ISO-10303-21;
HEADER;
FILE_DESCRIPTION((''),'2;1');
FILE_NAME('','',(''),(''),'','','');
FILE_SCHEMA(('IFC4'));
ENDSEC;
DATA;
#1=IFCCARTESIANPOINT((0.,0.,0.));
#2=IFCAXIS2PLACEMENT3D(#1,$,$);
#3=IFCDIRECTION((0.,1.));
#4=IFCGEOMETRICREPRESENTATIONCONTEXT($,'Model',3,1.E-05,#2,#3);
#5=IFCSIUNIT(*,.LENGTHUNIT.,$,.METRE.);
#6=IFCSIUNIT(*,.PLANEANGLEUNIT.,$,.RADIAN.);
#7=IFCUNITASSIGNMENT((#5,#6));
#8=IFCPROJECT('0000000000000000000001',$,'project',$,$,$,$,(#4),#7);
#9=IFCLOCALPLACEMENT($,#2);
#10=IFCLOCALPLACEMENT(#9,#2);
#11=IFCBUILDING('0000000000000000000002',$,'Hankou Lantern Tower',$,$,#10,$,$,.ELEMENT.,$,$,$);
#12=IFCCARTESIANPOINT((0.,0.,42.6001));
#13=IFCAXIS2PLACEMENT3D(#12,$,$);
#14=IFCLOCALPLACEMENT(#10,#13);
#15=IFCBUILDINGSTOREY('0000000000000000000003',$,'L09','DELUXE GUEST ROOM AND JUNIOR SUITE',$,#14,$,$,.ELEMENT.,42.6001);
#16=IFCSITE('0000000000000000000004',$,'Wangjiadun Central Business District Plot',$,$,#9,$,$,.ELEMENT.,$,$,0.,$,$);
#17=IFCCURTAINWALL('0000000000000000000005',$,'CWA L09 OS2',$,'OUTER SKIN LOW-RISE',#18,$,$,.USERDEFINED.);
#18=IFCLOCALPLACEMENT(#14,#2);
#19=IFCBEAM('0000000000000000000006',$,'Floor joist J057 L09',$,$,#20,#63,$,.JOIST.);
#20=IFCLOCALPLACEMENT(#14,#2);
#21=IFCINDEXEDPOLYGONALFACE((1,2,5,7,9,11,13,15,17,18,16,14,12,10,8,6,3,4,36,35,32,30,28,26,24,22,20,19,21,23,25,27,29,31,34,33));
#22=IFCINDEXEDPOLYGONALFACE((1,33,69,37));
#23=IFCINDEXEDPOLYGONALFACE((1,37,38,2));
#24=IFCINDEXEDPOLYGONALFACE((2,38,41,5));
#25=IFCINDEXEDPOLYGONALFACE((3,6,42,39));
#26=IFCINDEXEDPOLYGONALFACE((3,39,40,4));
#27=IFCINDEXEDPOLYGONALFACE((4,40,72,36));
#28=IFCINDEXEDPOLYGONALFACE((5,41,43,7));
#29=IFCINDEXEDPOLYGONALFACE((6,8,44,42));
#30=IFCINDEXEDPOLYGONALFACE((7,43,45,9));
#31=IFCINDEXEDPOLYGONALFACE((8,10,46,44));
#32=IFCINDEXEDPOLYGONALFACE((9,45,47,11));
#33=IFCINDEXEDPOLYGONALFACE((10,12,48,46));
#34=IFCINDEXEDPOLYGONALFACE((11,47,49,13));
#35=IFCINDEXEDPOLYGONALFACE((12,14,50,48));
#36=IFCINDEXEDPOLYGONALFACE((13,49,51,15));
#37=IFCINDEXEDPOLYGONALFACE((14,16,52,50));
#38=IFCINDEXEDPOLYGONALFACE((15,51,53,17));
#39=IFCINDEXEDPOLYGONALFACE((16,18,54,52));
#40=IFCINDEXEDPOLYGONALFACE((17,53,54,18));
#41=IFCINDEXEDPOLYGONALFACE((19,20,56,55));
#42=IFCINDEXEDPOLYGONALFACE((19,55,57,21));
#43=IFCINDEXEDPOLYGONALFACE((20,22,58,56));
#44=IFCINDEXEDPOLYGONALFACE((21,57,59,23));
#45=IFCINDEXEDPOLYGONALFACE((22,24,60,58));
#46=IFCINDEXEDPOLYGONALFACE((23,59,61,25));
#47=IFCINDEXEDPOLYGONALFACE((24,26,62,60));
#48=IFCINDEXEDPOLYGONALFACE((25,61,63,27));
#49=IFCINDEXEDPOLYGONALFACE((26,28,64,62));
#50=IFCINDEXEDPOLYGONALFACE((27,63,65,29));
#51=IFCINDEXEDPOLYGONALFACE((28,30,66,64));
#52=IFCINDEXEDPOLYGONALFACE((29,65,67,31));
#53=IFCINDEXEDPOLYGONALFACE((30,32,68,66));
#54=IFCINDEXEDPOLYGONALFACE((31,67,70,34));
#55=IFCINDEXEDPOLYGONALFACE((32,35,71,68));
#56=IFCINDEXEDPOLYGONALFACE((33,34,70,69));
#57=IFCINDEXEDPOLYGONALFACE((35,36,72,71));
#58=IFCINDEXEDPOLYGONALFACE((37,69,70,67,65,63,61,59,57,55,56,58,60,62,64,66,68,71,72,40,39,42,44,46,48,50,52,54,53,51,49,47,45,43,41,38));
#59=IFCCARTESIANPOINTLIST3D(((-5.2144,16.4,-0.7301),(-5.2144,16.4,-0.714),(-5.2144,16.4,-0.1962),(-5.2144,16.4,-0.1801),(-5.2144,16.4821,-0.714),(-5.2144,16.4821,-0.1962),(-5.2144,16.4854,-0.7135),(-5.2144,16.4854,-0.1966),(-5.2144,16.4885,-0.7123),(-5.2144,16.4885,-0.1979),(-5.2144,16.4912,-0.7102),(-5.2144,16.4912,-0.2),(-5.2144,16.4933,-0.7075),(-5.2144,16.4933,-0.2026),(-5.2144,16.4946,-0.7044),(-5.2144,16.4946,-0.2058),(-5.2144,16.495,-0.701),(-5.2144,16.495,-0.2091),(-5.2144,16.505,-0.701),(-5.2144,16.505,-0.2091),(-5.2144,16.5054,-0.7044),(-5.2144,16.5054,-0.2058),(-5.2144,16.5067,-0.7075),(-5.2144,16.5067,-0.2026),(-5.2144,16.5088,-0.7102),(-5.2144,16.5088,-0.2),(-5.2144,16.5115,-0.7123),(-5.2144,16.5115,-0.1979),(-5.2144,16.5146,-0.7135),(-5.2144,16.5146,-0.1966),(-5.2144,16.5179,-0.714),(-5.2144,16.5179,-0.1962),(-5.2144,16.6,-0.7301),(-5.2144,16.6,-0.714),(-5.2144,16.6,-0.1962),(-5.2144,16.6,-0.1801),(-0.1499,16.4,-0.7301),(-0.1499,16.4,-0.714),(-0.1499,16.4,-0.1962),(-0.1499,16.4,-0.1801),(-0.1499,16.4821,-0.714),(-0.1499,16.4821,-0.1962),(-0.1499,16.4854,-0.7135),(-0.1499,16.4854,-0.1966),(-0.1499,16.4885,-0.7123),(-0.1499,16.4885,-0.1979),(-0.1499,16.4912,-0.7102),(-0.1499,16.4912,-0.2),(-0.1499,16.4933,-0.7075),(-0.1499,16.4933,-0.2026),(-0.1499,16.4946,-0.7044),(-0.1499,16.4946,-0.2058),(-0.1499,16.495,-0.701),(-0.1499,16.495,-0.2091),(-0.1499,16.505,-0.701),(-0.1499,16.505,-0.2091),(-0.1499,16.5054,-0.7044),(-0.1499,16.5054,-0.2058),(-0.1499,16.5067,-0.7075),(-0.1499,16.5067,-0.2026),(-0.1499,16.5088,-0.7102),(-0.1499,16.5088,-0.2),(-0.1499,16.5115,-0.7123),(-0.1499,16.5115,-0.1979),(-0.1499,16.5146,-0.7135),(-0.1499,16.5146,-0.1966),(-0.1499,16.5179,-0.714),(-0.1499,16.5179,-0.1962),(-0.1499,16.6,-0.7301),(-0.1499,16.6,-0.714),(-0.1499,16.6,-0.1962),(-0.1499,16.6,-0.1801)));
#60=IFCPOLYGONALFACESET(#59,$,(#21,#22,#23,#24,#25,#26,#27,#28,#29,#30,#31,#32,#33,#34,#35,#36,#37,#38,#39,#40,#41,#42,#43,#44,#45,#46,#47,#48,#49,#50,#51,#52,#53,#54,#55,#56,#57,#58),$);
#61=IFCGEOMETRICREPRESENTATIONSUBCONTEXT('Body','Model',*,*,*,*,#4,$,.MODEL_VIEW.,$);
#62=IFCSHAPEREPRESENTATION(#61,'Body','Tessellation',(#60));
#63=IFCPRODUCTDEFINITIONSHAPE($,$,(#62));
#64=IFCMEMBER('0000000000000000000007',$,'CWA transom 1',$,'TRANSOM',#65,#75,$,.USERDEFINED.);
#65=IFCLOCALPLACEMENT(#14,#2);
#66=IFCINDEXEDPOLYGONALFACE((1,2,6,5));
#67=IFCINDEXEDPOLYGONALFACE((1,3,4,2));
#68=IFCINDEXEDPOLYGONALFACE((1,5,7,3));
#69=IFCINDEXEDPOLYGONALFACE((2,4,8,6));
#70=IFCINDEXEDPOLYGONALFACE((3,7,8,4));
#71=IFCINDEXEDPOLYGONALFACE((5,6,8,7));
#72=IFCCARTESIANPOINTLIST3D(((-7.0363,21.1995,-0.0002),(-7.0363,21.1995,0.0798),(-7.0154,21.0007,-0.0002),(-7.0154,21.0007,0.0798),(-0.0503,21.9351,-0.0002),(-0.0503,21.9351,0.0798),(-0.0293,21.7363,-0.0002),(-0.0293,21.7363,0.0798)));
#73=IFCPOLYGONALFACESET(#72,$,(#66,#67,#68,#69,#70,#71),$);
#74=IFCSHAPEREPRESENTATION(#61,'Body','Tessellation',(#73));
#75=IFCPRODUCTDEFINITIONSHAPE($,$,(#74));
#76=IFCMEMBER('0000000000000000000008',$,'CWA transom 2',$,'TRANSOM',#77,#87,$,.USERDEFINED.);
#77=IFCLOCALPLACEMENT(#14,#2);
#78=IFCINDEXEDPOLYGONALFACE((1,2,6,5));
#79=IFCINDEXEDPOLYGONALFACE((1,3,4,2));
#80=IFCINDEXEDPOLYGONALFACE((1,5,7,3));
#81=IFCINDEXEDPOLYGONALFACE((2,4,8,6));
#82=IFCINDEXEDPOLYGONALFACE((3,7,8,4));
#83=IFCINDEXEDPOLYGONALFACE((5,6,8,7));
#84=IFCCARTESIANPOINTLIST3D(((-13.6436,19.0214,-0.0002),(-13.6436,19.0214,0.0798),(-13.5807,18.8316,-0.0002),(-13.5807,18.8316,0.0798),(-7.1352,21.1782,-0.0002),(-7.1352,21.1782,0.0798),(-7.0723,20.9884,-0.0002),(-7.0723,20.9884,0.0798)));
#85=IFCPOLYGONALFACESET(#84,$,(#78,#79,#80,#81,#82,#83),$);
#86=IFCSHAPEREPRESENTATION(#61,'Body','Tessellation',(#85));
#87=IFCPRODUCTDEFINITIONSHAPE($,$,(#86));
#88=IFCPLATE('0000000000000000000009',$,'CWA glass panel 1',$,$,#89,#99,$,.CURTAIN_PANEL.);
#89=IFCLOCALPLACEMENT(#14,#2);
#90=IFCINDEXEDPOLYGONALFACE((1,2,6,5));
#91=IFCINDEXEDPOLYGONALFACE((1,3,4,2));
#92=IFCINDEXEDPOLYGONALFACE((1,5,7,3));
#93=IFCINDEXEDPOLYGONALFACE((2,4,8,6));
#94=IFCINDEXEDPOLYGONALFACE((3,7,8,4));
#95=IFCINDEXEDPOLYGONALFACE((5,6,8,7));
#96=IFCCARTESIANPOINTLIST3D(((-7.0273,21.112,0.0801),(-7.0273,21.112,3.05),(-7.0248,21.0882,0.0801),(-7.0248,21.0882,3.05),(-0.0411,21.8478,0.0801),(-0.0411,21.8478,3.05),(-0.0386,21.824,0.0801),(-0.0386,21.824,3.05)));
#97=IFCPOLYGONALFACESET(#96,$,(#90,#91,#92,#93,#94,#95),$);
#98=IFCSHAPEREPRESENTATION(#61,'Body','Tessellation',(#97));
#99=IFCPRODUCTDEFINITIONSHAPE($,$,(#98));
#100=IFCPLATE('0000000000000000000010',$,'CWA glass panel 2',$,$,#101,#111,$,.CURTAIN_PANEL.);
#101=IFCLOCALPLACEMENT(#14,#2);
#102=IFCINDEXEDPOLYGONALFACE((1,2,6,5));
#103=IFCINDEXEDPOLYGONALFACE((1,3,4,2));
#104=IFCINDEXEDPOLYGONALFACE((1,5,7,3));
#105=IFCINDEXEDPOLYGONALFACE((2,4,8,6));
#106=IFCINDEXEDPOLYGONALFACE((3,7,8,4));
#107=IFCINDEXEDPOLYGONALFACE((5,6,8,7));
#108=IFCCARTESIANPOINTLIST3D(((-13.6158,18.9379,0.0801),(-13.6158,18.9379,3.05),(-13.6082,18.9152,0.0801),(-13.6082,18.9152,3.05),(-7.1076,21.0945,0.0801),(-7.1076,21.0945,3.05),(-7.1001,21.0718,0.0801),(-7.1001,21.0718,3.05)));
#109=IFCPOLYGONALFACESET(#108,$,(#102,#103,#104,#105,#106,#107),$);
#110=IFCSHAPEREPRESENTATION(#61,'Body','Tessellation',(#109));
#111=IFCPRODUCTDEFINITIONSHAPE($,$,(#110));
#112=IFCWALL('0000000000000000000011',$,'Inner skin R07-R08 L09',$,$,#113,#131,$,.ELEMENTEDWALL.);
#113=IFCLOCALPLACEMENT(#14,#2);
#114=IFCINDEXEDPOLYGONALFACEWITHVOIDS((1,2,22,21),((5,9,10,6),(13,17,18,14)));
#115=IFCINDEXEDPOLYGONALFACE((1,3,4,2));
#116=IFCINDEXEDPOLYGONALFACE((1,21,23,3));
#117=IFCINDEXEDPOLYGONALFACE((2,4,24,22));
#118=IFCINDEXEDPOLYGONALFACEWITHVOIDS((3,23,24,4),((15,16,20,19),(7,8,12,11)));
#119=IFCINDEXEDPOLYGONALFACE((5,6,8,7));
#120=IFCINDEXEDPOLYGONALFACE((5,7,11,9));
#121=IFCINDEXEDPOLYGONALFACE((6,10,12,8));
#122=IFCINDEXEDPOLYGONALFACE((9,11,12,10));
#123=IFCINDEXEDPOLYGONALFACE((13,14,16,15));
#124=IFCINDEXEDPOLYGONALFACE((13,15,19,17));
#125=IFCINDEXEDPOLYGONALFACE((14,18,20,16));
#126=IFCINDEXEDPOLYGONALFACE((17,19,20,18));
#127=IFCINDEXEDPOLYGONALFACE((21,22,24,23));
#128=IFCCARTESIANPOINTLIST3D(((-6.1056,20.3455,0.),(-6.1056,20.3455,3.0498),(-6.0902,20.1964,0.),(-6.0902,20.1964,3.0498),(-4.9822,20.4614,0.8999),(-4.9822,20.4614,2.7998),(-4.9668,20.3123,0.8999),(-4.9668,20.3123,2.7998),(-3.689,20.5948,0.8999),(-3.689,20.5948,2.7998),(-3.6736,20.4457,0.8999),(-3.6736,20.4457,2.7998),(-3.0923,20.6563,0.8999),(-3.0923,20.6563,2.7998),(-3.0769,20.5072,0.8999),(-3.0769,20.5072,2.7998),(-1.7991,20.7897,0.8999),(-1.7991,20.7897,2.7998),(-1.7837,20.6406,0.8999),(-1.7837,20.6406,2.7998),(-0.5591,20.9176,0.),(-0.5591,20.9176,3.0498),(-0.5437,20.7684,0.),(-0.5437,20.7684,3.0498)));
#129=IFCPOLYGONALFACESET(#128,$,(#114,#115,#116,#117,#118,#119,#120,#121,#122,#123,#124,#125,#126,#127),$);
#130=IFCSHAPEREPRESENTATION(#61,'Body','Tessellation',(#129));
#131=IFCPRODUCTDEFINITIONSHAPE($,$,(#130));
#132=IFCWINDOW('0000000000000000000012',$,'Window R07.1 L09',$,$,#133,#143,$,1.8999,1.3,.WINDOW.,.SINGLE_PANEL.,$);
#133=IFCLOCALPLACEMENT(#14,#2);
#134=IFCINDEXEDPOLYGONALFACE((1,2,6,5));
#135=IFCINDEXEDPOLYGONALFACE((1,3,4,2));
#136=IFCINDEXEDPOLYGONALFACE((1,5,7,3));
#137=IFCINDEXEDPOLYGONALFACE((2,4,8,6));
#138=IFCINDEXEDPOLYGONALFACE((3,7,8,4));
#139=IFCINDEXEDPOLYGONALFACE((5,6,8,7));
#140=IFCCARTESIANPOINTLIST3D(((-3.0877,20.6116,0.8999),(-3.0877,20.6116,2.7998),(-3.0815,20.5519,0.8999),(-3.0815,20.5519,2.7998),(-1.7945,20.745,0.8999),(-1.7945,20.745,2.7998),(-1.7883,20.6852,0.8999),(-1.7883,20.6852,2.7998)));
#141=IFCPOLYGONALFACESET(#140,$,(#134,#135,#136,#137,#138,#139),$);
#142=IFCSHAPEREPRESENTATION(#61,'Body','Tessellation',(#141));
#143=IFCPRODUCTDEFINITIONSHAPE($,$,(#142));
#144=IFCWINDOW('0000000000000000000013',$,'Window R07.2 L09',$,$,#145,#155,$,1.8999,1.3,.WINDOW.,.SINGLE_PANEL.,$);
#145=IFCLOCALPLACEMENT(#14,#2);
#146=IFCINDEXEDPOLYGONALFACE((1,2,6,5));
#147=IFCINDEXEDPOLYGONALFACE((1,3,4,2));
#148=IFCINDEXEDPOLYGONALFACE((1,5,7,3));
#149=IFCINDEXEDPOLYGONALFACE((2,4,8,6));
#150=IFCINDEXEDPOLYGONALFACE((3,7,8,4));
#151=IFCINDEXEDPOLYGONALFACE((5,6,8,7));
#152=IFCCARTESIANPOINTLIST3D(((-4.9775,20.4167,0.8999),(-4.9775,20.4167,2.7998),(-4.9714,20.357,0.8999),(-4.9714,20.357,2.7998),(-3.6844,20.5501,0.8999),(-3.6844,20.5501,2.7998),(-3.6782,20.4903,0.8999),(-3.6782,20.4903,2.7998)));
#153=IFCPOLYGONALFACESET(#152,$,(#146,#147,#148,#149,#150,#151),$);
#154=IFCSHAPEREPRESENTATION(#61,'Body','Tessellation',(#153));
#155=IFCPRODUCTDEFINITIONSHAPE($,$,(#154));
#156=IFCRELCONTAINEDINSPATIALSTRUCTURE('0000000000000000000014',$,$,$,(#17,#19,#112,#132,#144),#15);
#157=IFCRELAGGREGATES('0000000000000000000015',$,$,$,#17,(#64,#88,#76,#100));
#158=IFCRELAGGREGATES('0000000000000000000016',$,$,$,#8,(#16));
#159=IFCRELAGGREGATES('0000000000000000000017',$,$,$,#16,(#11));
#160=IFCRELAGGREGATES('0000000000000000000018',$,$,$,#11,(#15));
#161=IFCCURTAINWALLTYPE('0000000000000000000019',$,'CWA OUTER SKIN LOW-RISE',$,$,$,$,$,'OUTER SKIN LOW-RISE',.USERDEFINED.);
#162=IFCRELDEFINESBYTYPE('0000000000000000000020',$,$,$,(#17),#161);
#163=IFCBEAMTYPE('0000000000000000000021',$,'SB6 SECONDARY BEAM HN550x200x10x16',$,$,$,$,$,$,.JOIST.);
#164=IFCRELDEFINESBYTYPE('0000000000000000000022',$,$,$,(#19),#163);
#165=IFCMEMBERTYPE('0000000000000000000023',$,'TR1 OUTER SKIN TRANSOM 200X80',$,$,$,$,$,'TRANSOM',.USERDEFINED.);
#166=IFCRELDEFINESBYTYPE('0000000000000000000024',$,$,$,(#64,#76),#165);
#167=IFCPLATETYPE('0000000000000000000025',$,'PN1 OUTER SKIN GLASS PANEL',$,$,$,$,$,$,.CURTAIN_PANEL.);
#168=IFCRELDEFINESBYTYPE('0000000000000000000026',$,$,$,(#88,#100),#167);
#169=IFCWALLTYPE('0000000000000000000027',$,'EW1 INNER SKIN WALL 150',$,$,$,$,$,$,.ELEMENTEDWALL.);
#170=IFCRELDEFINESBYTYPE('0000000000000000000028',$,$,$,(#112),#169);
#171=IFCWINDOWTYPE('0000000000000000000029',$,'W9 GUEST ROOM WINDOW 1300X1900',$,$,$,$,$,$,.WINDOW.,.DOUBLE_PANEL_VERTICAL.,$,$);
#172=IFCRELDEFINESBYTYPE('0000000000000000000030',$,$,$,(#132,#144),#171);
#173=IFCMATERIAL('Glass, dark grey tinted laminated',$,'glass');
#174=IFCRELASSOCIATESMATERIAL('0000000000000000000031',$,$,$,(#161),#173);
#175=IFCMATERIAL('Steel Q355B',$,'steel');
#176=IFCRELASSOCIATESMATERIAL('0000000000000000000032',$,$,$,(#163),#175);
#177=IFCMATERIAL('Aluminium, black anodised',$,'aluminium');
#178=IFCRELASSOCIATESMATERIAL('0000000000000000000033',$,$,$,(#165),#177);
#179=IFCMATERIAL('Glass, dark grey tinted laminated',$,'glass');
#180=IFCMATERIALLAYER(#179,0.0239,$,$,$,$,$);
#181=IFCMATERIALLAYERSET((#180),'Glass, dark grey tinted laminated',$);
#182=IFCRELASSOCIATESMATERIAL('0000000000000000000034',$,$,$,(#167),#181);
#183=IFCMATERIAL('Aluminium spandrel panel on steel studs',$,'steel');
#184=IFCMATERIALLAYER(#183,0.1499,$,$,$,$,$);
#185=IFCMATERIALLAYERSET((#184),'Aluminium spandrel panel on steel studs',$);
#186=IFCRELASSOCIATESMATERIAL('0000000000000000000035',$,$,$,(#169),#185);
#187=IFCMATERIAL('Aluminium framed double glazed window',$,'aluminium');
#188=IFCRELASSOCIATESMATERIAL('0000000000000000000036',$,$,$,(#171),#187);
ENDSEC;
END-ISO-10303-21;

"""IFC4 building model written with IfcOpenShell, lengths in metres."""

from ifc_helpers import new_model, si_unit, direction, frame, frame_2d, origin, origin_2d, place, context, subcontext, project, spatial, rectangle, i_section, extrude, material, layer, layer_set, material_profile, profile_set, type_object, element, fill, aggregate, save


model = new_model("IFC4")

# Units and contexts
model_context = context("Model", 3, precision=1e-05, world=origin(), true_north=direction((0.0, 1.0)))
body_context = subcontext(model_context, "Body", "Model", "MODEL_VIEW")
ifc_project = project(units=[si_unit("LENGTHUNIT", "METRE"), si_unit("PLANEANGLEUNIT", "RADIAN")], contexts=[model_context])

# Site, building, storey
site_placement = place(None, origin())
site = spatial("IfcSite", under=ifc_project, at=site_placement, Name="Wangjiadun Central Business District Plot", CompositionType="ELEMENT", RefElevation=0.0)
building_placement = place(site_placement, origin())
building = spatial("IfcBuilding", under=site, at=building_placement, Name="Hankou Lantern Tower", CompositionType="ELEMENT")
storey_placement = place(building_placement, frame((0.0, 0.0, 42.6001)))
storey = spatial("IfcBuildingStorey", under=building, at=storey_placement, Name="L09", Description="DELUXE GUEST ROOM AND JUNIOR SUITE", CompositionType="ELEMENT", Elevation=42.6001)

# Curtain wall
ifc_material_1 = material(Name="Glass, dark grey tinted laminated", Category="glass")
curtain_wall_type = type_object("IfcCurtainWallType", Name="CWA OUTER SKIN LOW-RISE", ElementType="OUTER SKIN LOW-RISE", PredefinedType="USERDEFINED", material=ifc_material_1)
curtain_wall_placement = place(storey_placement, origin())
curtain_wall = element("IfcCurtainWall", 1, at=curtain_wall_placement, inside=storey, type_object=curtain_wall_type, Name="CWA L09 OS2", ObjectType="OUTER SKIN LOW-RISE", PredefinedType="USERDEFINED")

# Beam
ifc_material_2 = material(Name="Steel Q355B", Category="steel")
ifc_material_profile_1 = material_profile(ifc_material_2, i_section(OverallWidth=0.2, OverallDepth=0.55, WebThickness=0.01, FlangeThickness=0.0161, FilletRadius=0.0129, at=origin_2d()), Name="HN550x200x10x16")
ifc_profile_set_1 = profile_set([ifc_material_profile_1], Name="Steel Q355B")
beam_type_1 = type_object("IfcBeamType", Name="SB6 SECONDARY BEAM HN550x200x10x16", PredefinedType="JOIST", material=ifc_profile_set_1)
beam_1_placement = place(storey_placement, frame((-5.2144, 16.5, -0.4551), z_axis=(1.0, 0.0, 0.0), x_axis=(0.0, 1.0, 0.0)))
element("IfcBeam", 2, at=beam_1_placement, inside=storey, type_object=beam_type_1, Name="Floor joist J057 L09", PredefinedType="JOIST", context=body_context, shape_type="SweptSolid", body=[
    extrude(i_section(OverallWidth=0.2, OverallDepth=0.55, WebThickness=0.01, FlangeThickness=0.0161, FilletRadius=0.0129, at=origin_2d()), origin(), (0.0, 0.0, 1.0), 5.0645),
])

# Members
ifc_material_3 = material(Name="Aluminium, black anodised", Category="aluminium")
ifc_material_profile_2 = material_profile(ifc_material_3, rectangle(XDim=0.2, YDim=0.0801, at=origin_2d()), Name="TR1 200X80")
ifc_profile_set_2 = profile_set([ifc_material_profile_2], Name="Aluminium, black anodised")
member_type_1 = type_object("IfcMemberType", Name="TR1 OUTER SKIN TRANSOM 200X80", ElementType="TRANSOM", PredefinedType="USERDEFINED", material=ifc_profile_set_2)
member_1_placement = place(storey_placement, frame((-0.0398, 21.8357, 0.0398), z_axis=(-0.994502, -0.104716, 0.0), x_axis=(0.104716, -0.994502, 0.0)))
member_1 = element("IfcMember", 3, at=member_1_placement, type_object=member_type_1, Name="CWA transom 1", ObjectType="TRANSOM", PredefinedType="USERDEFINED", context=body_context, shape_type="SweptSolid", body=[
    extrude(rectangle(XDim=0.2, YDim=0.0801, at=origin_2d()), origin(), (0.0, 0.0, 1.0), 7.0247),
])
member_2_placement = place(storey_placement, frame((-7.1038, 21.0833, 0.0398), z_axis=(-0.949237, -0.314561, 0.0), x_axis=(0.314561, -0.949237, 0.0)))
member_2 = element("IfcMember", 4, at=member_2_placement, type_object=member_type_1, Name="CWA transom 2", ObjectType="TRANSOM", PredefinedType="USERDEFINED", context=body_context, shape_type="SweptSolid", body=[
    extrude(rectangle(XDim=0.2, YDim=0.0801, at=origin_2d()), origin(), (0.0, 0.0, 1.0), 6.8564),
])

# Plates
ifc_material_4 = material(Name="Glass, dark grey tinted laminated", Category="glass")
ifc_layer_1 = layer(ifc_material_4, 0.0239)
ifc_layer_set_1 = layer_set([ifc_layer_1], Name="Glass, dark grey tinted laminated")
plate_type = type_object("IfcPlateType", Name="PN1 OUTER SKIN GLASS PANEL", PredefinedType="CURTAIN_PANEL", material=ifc_layer_set_1)
plate_1_placement = place(storey_placement, frame((-3.533, 21.468, 0.0801), z_axis=(0.0, 0.0, 1.0), x_axis=(-0.994499, -0.104743, 0.0)))
plate_1 = element("IfcPlate", 5, at=plate_1_placement, type_object=plate_type, Name="CWA glass panel 1", PredefinedType="CURTAIN_PANEL", context=body_context, shape_type="SweptSolid", body=[
    extrude(rectangle(XDim=7.0249, YDim=0.0239, at=origin_2d()), origin(), (0.0, 0.0, 1.0), 2.97),
])
plate_2_placement = place(storey_placement, frame((-10.3579, 20.0049, 0.0801), z_axis=(0.0, 0.0, 1.0), x_axis=(-0.949241, -0.314551, 0.0)))
plate_2 = element("IfcPlate", 6, at=plate_2_placement, type_object=plate_type, Name="CWA glass panel 2", PredefinedType="CURTAIN_PANEL", context=body_context, shape_type="SweptSolid", body=[
    extrude(rectangle(XDim=6.8562, YDim=0.0239, at=origin_2d()), origin(), (0.0, 0.0, 1.0), 2.97),
])
aggregate(curtain_wall, [member_1, plate_1, member_2, plate_2])

# Wall, openings, windows
ifc_material_5 = material(Name="Aluminium spandrel panel on steel studs", Category="steel")
ifc_layer_2 = layer(ifc_material_5, 0.1499)
ifc_layer_set_2 = layer_set([ifc_layer_2], Name="Aluminium spandrel panel on steel studs")
wall_type_1 = type_object("IfcWallType", Name="EW1 INNER SKIN WALL 150", PredefinedType="ELEMENTEDWALL", material=ifc_layer_set_2)
wall_1_placement = place(storey_placement, frame((-0.5513, 20.843, 0.0), z_axis=(0.0, 0.0, 1.0), x_axis=(-0.994724, -0.10259, 0.0)))
wall_1 = element("IfcWall", 7, at=wall_1_placement, inside=storey, type_object=wall_type_1, Name="Inner skin R07-R08 L09", PredefinedType="ELEMENTEDWALL", context=body_context, shape_type="SweptSolid", body=[
    extrude(rectangle(XDim=5.5759, YDim=0.1499, at=frame_2d((2.7881, 0.0))), origin(), (0.0, 0.0, 1.0), 3.0498),
])
opening_1_placement = place(wall_1_placement, frame((1.2468, 0.0, 0.8999)))
opening_1 = element("IfcOpeningElement", 8, at=opening_1_placement, cuts=wall_1, PredefinedType="OPENING", context=body_context, shape_type="SweptSolid", body=[
    extrude(rectangle(XDim=1.3, YDim=1.8999, at=frame_2d((0.6499, 0.95))), frame((0.0, 0.085, 0.0), z_axis=(0.0, -1.0, 0.0), x_axis=(1.0, 0.0, 0.0)), (0.0, 0.0, 1.0), 0.1699),
])
opening_2_placement = place(wall_1_placement, frame((3.1467, 0.0, 0.8999)))
opening_2 = element("IfcOpeningElement", 9, at=opening_2_placement, cuts=wall_1, PredefinedType="OPENING", context=body_context, shape_type="SweptSolid", body=[
    extrude(rectangle(XDim=1.3, YDim=1.8999, at=frame_2d((0.6499, 0.95))), frame((0.0, 0.085, 0.0), z_axis=(0.0, -1.0, 0.0), x_axis=(1.0, 0.0, 0.0)), (0.0, 0.0, 1.0), 0.1699),
])
ifc_material_6 = material(Name="Aluminium framed double glazed window", Category="aluminium")
window_type = type_object("IfcWindowType", Name="W9 GUEST ROOM WINDOW 1300X1900", PartitioningType="DOUBLE_PANEL_VERTICAL", PredefinedType="WINDOW", material=ifc_material_6)
window_1_placement = place(opening_1_placement, origin())
window_1 = element("IfcWindow", 10, at=window_1_placement, inside=storey, type_object=window_type, Name="Window R07.1 L09", OverallHeight=1.8999, OverallWidth=1.3, PartitioningType="SINGLE_PANEL", PredefinedType="WINDOW", context=body_context, shape_type="SweptSolid", body=[
    extrude(rectangle(XDim=1.3, YDim=1.8999, at=frame_2d((0.6499, 0.95))), frame((0.0, 0.03, 0.0), z_axis=(0.0, -1.0, 0.0), x_axis=(1.0, 0.0, 0.0)), (0.0, 0.0, 1.0), 0.0601),
])
fill(opening_1, window_1)
window_2_placement = place(opening_2_placement, origin())
window_2 = element("IfcWindow", 11, at=window_2_placement, inside=storey, type_object=window_type, Name="Window R07.2 L09", OverallHeight=1.8999, OverallWidth=1.3, PartitioningType="SINGLE_PANEL", PredefinedType="WINDOW", context=body_context, shape_type="SweptSolid", body=[
    extrude(rectangle(XDim=1.3, YDim=1.8999, at=frame_2d((0.6499, 0.95))), frame((0.0, 0.03, 0.0), z_axis=(0.0, -1.0, 0.0), x_axis=(1.0, 0.0, 0.0)), (0.0, 0.0, 1.0), 0.0601),
])
fill(opening_2, window_2)

save(model, "model.ifc")
